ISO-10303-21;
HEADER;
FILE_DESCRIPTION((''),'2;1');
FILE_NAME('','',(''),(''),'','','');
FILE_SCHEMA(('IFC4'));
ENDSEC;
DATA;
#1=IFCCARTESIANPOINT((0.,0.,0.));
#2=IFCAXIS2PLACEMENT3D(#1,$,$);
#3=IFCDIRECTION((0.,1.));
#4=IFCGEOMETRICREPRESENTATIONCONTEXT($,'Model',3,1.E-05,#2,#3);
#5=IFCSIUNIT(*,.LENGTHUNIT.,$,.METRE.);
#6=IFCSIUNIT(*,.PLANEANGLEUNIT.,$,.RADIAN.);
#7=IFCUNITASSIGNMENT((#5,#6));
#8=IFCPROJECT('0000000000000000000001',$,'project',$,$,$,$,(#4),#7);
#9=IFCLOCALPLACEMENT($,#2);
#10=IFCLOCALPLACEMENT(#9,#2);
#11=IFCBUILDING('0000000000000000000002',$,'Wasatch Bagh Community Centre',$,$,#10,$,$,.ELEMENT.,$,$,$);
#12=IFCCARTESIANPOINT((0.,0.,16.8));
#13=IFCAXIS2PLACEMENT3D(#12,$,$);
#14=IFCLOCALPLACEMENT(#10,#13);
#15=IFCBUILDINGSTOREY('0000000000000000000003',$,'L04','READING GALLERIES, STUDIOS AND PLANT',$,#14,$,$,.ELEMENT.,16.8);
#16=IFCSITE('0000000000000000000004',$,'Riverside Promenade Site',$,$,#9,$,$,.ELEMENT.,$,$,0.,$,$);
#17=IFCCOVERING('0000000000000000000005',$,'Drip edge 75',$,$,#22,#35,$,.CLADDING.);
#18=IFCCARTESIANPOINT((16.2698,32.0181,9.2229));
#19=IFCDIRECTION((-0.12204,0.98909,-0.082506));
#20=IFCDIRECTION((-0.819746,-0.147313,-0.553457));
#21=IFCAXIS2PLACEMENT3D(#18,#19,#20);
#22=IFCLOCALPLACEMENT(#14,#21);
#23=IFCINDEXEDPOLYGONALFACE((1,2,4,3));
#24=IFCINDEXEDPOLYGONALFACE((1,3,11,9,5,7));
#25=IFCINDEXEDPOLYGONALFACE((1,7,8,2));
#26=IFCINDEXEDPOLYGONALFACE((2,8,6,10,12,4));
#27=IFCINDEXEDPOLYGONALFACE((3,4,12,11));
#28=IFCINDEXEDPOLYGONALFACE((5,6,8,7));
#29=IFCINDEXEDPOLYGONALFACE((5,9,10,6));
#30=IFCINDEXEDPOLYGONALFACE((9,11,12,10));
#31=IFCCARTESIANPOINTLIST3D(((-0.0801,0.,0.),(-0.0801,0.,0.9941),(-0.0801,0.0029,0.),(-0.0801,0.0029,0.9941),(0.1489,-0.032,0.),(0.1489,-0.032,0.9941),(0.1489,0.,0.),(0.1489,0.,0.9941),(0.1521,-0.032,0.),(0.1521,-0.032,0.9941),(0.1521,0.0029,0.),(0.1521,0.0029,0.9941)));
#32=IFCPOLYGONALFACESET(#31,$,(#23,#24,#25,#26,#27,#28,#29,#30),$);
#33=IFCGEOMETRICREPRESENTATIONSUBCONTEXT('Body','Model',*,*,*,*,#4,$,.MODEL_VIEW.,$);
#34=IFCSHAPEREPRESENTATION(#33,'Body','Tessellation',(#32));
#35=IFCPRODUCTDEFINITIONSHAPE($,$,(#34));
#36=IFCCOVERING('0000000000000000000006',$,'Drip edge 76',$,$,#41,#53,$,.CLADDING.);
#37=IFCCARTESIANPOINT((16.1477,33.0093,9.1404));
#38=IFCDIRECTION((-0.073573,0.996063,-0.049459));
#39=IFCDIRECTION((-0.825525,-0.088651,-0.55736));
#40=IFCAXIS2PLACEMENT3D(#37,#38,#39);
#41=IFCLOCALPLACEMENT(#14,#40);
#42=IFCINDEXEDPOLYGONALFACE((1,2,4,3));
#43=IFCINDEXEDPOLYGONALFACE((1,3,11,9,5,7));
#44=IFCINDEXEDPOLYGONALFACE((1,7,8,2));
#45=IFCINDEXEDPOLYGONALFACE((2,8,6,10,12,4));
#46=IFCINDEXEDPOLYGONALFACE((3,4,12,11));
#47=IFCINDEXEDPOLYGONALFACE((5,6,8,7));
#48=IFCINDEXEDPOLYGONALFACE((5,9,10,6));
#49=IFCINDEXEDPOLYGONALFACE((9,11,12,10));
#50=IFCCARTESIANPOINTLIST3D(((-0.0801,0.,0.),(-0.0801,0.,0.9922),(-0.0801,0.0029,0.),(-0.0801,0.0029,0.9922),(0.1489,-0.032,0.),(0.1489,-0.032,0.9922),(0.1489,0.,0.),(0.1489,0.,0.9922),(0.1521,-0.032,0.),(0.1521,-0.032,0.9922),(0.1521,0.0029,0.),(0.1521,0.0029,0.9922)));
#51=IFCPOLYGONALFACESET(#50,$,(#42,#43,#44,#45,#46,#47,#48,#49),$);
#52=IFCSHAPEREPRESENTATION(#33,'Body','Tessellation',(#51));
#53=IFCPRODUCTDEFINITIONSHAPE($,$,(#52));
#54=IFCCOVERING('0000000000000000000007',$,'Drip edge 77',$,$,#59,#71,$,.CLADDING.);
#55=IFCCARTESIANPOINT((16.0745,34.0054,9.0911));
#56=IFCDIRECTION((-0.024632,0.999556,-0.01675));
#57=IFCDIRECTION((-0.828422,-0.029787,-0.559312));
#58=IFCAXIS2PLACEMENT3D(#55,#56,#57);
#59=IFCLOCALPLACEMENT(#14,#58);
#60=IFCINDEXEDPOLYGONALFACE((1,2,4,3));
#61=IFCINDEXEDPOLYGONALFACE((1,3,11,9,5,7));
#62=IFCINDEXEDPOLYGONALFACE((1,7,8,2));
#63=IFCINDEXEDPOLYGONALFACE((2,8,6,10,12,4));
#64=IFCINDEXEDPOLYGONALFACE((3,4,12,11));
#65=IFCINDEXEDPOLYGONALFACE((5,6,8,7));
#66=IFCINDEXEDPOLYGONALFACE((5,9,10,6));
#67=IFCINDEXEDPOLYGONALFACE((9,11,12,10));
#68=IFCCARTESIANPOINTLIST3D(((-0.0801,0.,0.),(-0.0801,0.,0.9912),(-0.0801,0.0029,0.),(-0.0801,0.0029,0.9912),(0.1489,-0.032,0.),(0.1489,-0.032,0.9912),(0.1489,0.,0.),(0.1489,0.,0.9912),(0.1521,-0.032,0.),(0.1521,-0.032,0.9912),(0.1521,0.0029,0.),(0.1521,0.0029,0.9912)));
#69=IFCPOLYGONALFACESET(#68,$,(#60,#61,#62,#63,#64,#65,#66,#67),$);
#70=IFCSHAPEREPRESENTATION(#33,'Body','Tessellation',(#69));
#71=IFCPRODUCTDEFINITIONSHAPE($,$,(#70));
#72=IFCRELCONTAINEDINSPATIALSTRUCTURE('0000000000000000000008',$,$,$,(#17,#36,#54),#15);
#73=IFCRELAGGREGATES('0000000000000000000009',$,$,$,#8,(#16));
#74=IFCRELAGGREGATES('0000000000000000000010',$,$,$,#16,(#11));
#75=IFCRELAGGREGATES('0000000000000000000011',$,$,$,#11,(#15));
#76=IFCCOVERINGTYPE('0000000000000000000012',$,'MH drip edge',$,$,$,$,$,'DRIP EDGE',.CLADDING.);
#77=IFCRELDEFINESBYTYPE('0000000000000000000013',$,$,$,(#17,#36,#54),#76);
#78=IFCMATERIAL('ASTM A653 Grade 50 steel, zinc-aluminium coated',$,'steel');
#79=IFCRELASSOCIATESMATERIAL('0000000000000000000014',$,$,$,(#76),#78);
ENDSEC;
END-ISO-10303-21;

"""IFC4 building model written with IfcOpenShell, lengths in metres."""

from ifc_helpers import new_model, si_unit, direction, frame, origin, place, context, subcontext, project, spatial, polyline, outline, extrude, material, material_profile, profile_set, type_object, element, save


model = new_model("IFC4")

# Units and contexts
model_context = context("Model", 3, precision=1e-05, world=origin(), true_north=direction((0.0, 1.0)))
body_context = subcontext(model_context, "Body", "Model", "MODEL_VIEW")
ifc_project = project(units=[si_unit("LENGTHUNIT", "METRE"), si_unit("PLANEANGLEUNIT", "RADIAN")], contexts=[model_context])

# Site, building, storey
site_placement = place(None, origin())
site = spatial("IfcSite", under=ifc_project, at=site_placement, Name="Riverside Promenade Site", CompositionType="ELEMENT", RefElevation=0.0)
building_placement = place(site_placement, origin())
building = spatial("IfcBuilding", under=site, at=building_placement, Name="Wasatch Bagh Community Centre", CompositionType="ELEMENT")
storey_placement = place(building_placement, frame((0.0, 0.0, 16.8)))
storey = spatial("IfcBuildingStorey", under=building, at=storey_placement, Name="L04", Description="READING GALLERIES, STUDIOS AND PLANT", CompositionType="ELEMENT", Elevation=16.8)

# Coverings
ifc_material_1 = material(Name="ASTM A653 Grade 50 steel, zinc-aluminium coated", Category="steel")
ifc_material_profile_1 = material_profile(ifc_material_1, outline(polyline([(-0.0801, 0.0029), (0.1521, 0.0029), (0.1521, -0.032), (0.1489, -0.032), (0.1489, 0.0), (-0.0801, 0.0), (-0.0801, 0.0029)])), Name="DRIP EDGE")
ifc_profile_set_1 = profile_set([ifc_material_profile_1], Name="ASTM A653 Grade 50 steel, zinc-aluminium coated")
covering_type_1 = type_object("IfcCoveringType", Name="MH drip edge", ElementType="DRIP EDGE", PredefinedType="CLADDING", material=ifc_profile_set_1)
covering_1_placement = place(storey_placement, frame((16.2698, 32.0181, 9.2229), z_axis=(-0.12204, 0.98909, -0.082506), x_axis=(-0.819746, -0.147313, -0.553457)))
element("IfcCovering", 1, at=covering_1_placement, inside=storey, type_object=covering_type_1, Name="Drip edge 75", PredefinedType="CLADDING", context=body_context, shape_type="SweptSolid", body=[
    extrude(outline(polyline([(-0.0801, 0.0029), (0.1521, 0.0029), (0.1521, -0.032), (0.1489, -0.032), (0.1489, 0.0), (-0.0801, 0.0), (-0.0801, 0.0029)])), origin(), (0.0, 0.0, 1.0), 0.9941),
])
covering_2_placement = place(storey_placement, frame((16.1477, 33.0093, 9.1404), z_axis=(-0.073573, 0.996063, -0.049459), x_axis=(-0.825525, -0.088651, -0.55736)))
element("IfcCovering", 2, at=covering_2_placement, inside=storey, type_object=covering_type_1, Name="Drip edge 76", PredefinedType="CLADDING", context=body_context, shape_type="SweptSolid", body=[
    extrude(outline(polyline([(-0.0801, 0.0029), (0.1521, 0.0029), (0.1521, -0.032), (0.1489, -0.032), (0.1489, 0.0), (-0.0801, 0.0), (-0.0801, 0.0029)])), origin(), (0.0, 0.0, 1.0), 0.9922),
])
covering_3_placement = place(storey_placement, frame((16.0745, 34.0054, 9.0911), z_axis=(-0.024632, 0.999556, -0.01675), x_axis=(-0.828422, -0.029787, -0.559312)))
element("IfcCovering", 3, at=covering_3_placement, inside=storey, type_object=covering_type_1, Name="Drip edge 77", PredefinedType="CLADDING", context=body_context, shape_type="SweptSolid", body=[
    extrude(outline(polyline([(-0.0801, 0.0029), (0.1521, 0.0029), (0.1521, -0.032), (0.1489, -0.032), (0.1489, 0.0), (-0.0801, 0.0), (-0.0801, 0.0029)])), origin(), (0.0, 0.0, 1.0), 0.9912),
])

save(model, "model.ifc")
